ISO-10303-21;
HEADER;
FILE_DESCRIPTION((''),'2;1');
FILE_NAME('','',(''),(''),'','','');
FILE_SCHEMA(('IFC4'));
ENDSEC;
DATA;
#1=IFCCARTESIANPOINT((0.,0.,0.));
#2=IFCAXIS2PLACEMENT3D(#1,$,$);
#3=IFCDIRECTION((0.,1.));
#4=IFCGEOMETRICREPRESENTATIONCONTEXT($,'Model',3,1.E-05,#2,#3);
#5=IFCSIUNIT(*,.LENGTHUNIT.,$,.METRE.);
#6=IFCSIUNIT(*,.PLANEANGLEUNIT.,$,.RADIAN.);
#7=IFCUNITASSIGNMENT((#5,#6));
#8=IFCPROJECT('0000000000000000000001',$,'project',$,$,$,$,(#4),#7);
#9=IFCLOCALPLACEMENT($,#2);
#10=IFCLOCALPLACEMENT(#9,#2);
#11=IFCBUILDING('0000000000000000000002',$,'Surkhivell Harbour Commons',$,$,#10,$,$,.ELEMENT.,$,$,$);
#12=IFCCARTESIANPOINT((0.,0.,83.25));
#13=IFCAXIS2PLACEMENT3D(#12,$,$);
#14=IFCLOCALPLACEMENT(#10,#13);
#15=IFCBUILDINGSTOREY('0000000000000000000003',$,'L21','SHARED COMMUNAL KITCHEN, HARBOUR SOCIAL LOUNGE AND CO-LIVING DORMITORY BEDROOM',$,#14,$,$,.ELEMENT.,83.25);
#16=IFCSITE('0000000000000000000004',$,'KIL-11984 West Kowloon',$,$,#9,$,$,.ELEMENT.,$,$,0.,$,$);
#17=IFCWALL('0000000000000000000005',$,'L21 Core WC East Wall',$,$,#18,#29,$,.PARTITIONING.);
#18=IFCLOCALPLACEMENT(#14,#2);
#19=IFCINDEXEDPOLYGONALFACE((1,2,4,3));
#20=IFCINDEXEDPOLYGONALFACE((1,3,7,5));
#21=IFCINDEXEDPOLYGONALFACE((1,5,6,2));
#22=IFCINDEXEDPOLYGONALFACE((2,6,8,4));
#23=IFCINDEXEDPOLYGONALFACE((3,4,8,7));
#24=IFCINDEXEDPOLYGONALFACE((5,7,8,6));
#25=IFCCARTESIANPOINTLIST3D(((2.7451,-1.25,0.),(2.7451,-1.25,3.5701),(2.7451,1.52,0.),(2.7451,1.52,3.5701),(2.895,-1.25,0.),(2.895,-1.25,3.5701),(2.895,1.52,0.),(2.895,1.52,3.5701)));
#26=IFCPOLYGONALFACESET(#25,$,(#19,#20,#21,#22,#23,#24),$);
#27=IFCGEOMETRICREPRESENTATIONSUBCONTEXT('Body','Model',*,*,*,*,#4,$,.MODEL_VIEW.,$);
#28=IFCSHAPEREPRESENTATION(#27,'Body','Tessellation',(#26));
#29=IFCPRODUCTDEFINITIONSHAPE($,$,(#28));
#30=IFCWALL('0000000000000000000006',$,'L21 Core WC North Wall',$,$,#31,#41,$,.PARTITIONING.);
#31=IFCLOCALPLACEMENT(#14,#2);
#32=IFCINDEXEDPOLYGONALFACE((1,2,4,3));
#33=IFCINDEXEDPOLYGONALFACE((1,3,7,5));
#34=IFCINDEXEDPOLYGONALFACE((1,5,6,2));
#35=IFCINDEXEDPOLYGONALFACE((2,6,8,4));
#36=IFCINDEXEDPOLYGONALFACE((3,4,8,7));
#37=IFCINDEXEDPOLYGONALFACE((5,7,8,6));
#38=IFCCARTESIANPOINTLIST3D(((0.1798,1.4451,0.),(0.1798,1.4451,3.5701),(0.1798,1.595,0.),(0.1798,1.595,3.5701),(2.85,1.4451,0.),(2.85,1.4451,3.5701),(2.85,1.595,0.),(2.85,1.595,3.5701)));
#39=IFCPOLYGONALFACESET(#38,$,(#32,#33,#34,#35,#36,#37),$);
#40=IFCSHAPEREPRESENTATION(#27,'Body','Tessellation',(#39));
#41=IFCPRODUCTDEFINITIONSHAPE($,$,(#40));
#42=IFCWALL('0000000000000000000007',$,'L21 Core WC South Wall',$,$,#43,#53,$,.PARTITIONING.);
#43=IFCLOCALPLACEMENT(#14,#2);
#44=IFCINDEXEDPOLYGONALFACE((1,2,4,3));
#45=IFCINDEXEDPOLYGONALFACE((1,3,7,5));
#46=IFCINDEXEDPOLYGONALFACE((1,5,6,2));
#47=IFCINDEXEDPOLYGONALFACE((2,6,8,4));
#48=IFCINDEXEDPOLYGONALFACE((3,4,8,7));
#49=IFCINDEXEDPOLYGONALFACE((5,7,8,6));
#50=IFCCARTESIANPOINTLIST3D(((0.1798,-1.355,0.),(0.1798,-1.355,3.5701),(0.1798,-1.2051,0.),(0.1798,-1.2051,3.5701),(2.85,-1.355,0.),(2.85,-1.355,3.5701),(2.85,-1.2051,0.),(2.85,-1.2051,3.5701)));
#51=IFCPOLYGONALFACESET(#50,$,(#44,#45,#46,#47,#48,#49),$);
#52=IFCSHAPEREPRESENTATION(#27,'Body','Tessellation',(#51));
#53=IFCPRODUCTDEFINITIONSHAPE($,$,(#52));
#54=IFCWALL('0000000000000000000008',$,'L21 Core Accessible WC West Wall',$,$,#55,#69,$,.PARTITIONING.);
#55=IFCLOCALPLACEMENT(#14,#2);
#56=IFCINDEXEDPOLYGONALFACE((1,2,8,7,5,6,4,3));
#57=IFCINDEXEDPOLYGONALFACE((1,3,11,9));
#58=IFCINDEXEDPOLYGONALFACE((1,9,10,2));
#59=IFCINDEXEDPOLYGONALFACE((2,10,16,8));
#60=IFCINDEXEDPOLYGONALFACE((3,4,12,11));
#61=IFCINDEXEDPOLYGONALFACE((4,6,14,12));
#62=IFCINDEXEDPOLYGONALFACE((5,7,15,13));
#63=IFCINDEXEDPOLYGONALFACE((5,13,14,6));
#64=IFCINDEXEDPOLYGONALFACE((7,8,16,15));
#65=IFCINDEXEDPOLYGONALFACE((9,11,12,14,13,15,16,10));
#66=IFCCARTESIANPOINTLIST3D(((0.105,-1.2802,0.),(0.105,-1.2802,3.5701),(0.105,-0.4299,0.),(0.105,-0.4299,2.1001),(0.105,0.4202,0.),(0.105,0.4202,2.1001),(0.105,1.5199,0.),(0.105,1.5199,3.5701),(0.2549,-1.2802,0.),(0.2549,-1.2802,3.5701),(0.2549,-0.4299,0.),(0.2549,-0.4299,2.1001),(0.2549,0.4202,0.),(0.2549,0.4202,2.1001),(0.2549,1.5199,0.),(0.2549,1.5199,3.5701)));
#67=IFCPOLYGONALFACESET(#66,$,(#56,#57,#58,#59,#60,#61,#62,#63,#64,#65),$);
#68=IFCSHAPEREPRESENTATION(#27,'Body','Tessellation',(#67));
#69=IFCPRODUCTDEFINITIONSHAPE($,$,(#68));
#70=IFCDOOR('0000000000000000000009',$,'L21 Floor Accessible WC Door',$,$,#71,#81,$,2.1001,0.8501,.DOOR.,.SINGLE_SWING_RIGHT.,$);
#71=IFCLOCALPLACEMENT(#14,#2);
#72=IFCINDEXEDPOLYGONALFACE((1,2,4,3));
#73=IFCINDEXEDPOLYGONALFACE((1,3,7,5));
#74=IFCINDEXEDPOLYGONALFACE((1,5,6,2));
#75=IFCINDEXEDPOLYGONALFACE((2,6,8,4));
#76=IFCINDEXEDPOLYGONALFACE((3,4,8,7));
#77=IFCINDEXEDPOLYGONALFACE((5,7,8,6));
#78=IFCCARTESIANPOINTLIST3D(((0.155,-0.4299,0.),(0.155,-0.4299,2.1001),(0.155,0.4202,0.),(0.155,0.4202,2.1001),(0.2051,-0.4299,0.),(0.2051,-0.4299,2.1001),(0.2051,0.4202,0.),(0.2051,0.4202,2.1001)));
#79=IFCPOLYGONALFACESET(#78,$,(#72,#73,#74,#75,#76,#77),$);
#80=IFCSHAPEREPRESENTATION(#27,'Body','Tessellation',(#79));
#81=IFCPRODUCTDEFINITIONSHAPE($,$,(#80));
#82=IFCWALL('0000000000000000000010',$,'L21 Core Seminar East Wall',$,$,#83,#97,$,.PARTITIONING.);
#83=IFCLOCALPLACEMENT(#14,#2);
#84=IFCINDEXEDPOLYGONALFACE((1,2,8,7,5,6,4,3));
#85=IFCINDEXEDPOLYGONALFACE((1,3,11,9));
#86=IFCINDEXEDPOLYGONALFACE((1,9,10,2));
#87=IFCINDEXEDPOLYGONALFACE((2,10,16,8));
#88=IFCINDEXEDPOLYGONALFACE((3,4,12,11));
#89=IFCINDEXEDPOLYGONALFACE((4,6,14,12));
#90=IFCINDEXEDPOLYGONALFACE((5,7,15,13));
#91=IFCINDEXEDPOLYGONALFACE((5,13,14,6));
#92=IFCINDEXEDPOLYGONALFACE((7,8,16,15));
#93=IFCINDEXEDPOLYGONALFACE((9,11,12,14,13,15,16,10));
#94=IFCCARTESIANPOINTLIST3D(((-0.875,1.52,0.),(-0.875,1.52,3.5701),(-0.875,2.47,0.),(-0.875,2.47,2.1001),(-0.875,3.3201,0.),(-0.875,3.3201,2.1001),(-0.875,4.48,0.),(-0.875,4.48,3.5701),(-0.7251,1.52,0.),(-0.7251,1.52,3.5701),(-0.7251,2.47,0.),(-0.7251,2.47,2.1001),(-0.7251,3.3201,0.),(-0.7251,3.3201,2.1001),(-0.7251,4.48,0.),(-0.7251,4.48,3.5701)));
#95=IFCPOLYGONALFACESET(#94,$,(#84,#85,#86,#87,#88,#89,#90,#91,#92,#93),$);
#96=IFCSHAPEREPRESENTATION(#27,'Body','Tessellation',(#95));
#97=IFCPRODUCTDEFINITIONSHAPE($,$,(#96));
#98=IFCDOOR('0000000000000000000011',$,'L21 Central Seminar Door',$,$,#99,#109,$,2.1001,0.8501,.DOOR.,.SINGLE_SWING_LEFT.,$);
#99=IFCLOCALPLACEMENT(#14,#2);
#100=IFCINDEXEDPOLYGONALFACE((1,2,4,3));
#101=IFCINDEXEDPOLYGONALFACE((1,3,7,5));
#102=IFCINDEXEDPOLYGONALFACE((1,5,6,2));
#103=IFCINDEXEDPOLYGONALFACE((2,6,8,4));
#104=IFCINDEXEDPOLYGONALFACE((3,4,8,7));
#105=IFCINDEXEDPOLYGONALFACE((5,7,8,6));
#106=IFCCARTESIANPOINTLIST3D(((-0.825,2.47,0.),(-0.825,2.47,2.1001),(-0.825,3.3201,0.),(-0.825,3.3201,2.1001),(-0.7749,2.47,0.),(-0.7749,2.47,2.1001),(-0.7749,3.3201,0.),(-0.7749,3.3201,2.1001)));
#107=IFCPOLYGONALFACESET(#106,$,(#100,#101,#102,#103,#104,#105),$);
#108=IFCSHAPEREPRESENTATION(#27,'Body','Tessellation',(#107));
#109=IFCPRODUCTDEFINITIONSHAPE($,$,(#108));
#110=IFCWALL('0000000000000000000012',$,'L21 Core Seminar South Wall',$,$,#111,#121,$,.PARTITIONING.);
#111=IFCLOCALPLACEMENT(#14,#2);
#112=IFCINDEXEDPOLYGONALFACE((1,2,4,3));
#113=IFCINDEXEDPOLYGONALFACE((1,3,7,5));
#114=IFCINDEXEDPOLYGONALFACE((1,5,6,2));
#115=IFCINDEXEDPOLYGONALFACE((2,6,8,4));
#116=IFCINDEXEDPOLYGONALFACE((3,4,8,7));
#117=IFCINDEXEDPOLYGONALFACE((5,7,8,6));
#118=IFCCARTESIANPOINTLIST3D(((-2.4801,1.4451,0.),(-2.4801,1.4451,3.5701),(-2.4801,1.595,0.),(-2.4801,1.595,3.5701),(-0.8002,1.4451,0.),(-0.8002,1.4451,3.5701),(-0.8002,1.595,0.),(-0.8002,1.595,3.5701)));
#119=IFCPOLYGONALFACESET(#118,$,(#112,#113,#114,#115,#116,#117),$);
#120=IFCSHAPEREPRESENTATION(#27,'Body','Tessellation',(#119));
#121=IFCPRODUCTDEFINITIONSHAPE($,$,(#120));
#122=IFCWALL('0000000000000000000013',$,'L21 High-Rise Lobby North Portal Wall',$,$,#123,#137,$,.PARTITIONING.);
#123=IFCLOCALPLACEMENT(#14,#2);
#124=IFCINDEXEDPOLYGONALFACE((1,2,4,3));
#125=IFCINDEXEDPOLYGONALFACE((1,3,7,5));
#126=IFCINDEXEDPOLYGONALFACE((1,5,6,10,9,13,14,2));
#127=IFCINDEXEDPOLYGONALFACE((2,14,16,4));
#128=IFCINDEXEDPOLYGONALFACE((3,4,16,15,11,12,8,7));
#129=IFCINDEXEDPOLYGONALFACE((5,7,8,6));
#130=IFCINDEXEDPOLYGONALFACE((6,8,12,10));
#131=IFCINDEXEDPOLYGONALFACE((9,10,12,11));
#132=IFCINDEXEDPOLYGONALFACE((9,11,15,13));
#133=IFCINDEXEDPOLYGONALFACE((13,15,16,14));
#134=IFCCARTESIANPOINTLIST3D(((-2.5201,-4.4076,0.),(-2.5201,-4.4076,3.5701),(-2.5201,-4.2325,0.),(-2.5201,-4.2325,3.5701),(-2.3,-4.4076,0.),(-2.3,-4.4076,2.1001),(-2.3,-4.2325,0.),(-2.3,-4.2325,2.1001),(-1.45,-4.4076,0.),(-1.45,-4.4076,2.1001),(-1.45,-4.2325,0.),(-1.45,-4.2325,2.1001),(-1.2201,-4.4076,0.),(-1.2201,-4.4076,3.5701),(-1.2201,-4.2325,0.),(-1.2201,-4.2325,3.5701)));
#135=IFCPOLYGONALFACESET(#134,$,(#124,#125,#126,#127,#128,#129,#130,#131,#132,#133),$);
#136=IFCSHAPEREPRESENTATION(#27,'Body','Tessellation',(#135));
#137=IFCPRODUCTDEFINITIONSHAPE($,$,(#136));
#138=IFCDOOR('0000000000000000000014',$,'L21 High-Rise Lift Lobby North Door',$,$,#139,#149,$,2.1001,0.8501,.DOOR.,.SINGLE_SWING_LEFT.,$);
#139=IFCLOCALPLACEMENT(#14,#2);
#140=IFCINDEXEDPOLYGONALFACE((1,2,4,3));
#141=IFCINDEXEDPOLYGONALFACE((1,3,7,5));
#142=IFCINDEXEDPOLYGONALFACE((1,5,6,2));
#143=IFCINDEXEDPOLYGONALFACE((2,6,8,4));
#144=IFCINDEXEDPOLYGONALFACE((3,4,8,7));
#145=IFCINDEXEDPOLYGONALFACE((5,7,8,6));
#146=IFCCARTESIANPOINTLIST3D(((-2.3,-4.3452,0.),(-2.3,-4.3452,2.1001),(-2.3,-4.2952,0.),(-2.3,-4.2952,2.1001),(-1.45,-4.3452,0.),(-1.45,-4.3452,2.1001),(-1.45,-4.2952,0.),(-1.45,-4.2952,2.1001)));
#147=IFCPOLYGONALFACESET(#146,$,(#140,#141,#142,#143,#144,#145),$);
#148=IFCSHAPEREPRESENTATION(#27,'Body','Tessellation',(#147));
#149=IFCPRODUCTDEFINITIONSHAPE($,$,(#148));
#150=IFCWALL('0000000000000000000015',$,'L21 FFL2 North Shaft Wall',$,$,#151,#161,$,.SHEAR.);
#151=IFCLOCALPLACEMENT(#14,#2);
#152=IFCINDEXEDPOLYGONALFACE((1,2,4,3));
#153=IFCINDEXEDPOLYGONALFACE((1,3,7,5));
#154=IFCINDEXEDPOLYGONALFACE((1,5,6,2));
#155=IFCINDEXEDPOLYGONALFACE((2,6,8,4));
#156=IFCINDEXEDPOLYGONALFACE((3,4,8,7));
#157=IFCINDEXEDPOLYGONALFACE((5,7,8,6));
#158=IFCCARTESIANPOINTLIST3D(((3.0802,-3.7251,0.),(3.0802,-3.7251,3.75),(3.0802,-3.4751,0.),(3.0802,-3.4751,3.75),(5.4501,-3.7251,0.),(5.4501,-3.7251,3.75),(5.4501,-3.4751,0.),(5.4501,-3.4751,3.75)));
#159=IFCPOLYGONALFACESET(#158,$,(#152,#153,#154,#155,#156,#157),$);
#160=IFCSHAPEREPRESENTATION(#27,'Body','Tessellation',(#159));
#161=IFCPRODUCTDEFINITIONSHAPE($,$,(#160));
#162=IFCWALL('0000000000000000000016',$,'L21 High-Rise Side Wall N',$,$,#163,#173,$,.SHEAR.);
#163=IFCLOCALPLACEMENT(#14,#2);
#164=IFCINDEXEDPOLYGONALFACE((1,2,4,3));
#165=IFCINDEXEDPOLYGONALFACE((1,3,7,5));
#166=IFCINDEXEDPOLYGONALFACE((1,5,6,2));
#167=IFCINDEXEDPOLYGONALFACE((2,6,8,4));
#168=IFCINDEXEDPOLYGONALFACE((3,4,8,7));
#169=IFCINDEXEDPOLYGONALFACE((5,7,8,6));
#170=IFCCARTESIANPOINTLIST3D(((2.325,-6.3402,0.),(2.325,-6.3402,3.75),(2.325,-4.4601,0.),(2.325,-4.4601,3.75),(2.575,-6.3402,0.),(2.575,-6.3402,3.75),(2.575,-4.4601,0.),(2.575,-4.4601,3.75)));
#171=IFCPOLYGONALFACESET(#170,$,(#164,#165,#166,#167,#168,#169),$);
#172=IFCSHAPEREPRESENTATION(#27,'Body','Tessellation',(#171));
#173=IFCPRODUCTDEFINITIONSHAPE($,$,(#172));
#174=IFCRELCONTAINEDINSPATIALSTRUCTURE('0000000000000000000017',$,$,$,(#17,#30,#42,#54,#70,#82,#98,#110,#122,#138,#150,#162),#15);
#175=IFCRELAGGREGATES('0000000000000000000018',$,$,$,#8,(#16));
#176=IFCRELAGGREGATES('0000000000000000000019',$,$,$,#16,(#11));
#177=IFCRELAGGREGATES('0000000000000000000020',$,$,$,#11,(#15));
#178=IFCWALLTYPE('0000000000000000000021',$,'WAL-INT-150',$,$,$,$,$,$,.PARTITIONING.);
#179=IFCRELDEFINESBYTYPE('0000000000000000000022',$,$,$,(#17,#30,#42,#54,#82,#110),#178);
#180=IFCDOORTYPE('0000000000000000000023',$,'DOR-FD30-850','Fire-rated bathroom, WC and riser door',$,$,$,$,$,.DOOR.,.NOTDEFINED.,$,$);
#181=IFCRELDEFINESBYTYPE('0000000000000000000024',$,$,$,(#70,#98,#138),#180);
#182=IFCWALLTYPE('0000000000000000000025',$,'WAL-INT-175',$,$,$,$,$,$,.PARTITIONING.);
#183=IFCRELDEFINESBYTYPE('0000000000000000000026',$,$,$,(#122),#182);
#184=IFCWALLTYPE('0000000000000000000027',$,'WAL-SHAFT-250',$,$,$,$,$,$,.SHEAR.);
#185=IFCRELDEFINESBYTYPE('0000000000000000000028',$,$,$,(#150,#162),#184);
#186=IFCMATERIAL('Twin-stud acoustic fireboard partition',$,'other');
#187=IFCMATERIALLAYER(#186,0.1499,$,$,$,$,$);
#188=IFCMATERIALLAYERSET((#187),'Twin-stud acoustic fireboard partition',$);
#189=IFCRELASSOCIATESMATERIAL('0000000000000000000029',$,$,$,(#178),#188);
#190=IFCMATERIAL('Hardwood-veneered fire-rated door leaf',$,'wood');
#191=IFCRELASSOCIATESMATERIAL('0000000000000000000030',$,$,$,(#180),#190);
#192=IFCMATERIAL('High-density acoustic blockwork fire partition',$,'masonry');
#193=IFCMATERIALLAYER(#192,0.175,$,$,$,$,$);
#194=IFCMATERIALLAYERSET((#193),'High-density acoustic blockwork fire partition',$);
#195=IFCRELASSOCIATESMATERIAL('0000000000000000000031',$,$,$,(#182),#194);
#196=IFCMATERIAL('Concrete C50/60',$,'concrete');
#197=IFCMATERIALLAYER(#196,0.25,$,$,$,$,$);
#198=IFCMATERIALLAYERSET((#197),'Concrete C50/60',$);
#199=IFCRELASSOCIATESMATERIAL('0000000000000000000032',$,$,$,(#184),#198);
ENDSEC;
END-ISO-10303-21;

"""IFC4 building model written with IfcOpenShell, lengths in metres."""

from ifc_helpers import new_model, si_unit, direction, frame, frame_2d, origin, place, context, subcontext, project, spatial, rectangle, extrude, material, layer, layer_set, type_object, element, fill, save


model = new_model("IFC4")

# Units and contexts
model_context = context("Model", 3, precision=1e-05, world=origin(), true_north=direction((0.0, 1.0)))
body_context = subcontext(model_context, "Body", "Model", "MODEL_VIEW")
ifc_project = project(units=[si_unit("LENGTHUNIT", "METRE"), si_unit("PLANEANGLEUNIT", "RADIAN")], contexts=[model_context])

# Site, building, storey
site_placement = place(None, origin())
site = spatial("IfcSite", under=ifc_project, at=site_placement, Name="KIL-11984 West Kowloon", CompositionType="ELEMENT", RefElevation=0.0)
building_placement = place(site_placement, origin())
building = spatial("IfcBuilding", under=site, at=building_placement, Name="Surkhivell Harbour Commons", CompositionType="ELEMENT")
storey_placement = place(building_placement, frame((0.0, 0.0, 83.25)))
storey = spatial("IfcBuildingStorey", under=building, at=storey_placement, Name="L21", Description="SHARED COMMUNAL KITCHEN, HARBOUR SOCIAL LOUNGE AND CO-LIVING DORMITORY BEDROOM", CompositionType="ELEMENT", Elevation=83.25)

# Shared definitions
ifc_material_1 = material(Name="Concrete C50/60", Category="concrete")

# Walls
ifc_material_2 = material(Name="Twin-stud acoustic fireboard partition", Category="other")
ifc_layer_1 = layer(ifc_material_2, 0.1499)
ifc_layer_set_1 = layer_set([ifc_layer_1], Name="Twin-stud acoustic fireboard partition")
wall_type_1 = type_object("IfcWallType", Name="WAL-INT-150", PredefinedType="PARTITIONING", material=ifc_layer_set_1)
wall_1_placement = place(storey_placement, frame((2.8201, -1.25, 0.0), z_axis=(0.0, 0.0, 1.0), x_axis=(0.0, 1.0, 0.0)))
element("IfcWall", 1, at=wall_1_placement, inside=storey, type_object=wall_type_1, Name="L21 Core WC East Wall", PredefinedType="PARTITIONING", context=body_context, shape_type="SweptSolid", body=[
    extrude(rectangle(XDim=2.77, YDim=0.1499, at=frame_2d((1.385, 0.0))), origin(), (0.0, 0.0, 1.0), 3.5701),
])
for number, where, z_axis, x_axis, name in (
    (2, (0.1799, 1.52, 0.0), (0.0, 0.0, 1.0), (1.0, 0.0, 0.0), "L21 Core WC North Wall"),
    (3, (0.1799, -1.28, 0.0), (0.0, 0.0, 1.0), (1.0, 0.0, 0.0), "L21 Core WC South Wall"),
):
    element("IfcWall", number, at=place(storey_placement, frame(where, z_axis=z_axis, x_axis=x_axis)), inside=storey, type_object=wall_type_1, Name=name, PredefinedType="PARTITIONING", context=body_context, shape_type="SweptSolid", body=[
        extrude(rectangle(XDim=2.6702, YDim=0.1499, at=frame_2d((1.335, 0.0))), origin(), (0.0, 0.0, 1.0), 3.5701),
    ])

# Walls, openings, doors
wall_2_placement = place(storey_placement, frame((0.1799, -1.28, 0.0), z_axis=(0.0, 0.0, 1.0), x_axis=(0.0, 1.0, 0.0)))
wall_2 = element("IfcWall", 4, at=wall_2_placement, inside=storey, type_object=wall_type_1, Name="L21 Core Accessible WC West Wall", PredefinedType="PARTITIONING", context=body_context, shape_type="SweptSolid", body=[
    extrude(rectangle(XDim=2.8, YDim=0.1499, at=frame_2d((1.3999, 0.0))), origin(), (0.0, 0.0, 1.0), 3.5701),
])
opening_1_placement = place(wall_2_placement, frame((0.8501, 0.0, 0.0)))
opening_1 = element("IfcOpeningElement", 5, at=opening_1_placement, cuts=wall_2, PredefinedType="OPENING", context=body_context, shape_type="SweptSolid", body=[
    extrude(rectangle(XDim=0.8501, YDim=2.1001, at=frame_2d((0.425, 1.05))), frame((0.0, 0.085, 0.0), z_axis=(0.0, -1.0, 0.0), x_axis=(1.0, 0.0, 0.0)), (0.0, 0.0, 1.0), 0.1699),
])
ifc_material_3 = material(Name="Hardwood-veneered fire-rated door leaf", Category="wood")
door_type = type_object("IfcDoorType", Name="DOR-FD30-850", Description="Fire-rated bathroom, WC and riser door", OperationType="NOTDEFINED", PredefinedType="DOOR", material=ifc_material_3)
door_1_placement = place(opening_1_placement, origin())
door_1 = element("IfcDoor", 6, at=door_1_placement, inside=storey, type_object=door_type, Name="L21 Floor Accessible WC Door", OperationType="SINGLE_SWING_RIGHT", OverallHeight=2.1001, OverallWidth=0.8501, PredefinedType="DOOR", context=body_context, shape_type="SweptSolid", body=[
    extrude(rectangle(XDim=0.8501, YDim=2.1001, at=frame_2d((0.425, 1.05))), frame((0.0, 0.0249, 0.0), z_axis=(0.0, -1.0, 0.0), x_axis=(1.0, 0.0, 0.0)), (0.0, 0.0, 1.0), 0.05),
])
fill(opening_1, door_1)
wall_3_placement = place(storey_placement, frame((-0.8, 1.52, 0.0), z_axis=(0.0, 0.0, 1.0), x_axis=(0.0, 1.0, 0.0)))
wall_3 = element("IfcWall", 7, at=wall_3_placement, inside=storey, type_object=wall_type_1, Name="L21 Core Seminar East Wall", PredefinedType="PARTITIONING", context=body_context, shape_type="SweptSolid", body=[
    extrude(rectangle(XDim=2.96, YDim=0.1499, at=frame_2d((1.48, 0.0))), origin(), (0.0, 0.0, 1.0), 3.5701),
])
opening_2_placement = place(wall_3_placement, frame((0.95, 0.0, 0.0)))
opening_2 = element("IfcOpeningElement", 8, at=opening_2_placement, cuts=wall_3, PredefinedType="OPENING", context=body_context, shape_type="SweptSolid", body=[
    extrude(rectangle(XDim=0.8501, YDim=2.1001, at=frame_2d((0.425, 1.05))), frame((0.0, 0.085, 0.0), z_axis=(0.0, -1.0, 0.0), x_axis=(1.0, 0.0, 0.0)), (0.0, 0.0, 1.0), 0.1699),
])
door_2_placement = place(opening_2_placement, origin())
door_2 = element("IfcDoor", 9, at=door_2_placement, inside=storey, type_object=door_type, Name="L21 Central Seminar Door", OperationType="SINGLE_SWING_LEFT", OverallHeight=2.1001, OverallWidth=0.8501, PredefinedType="DOOR", context=body_context, shape_type="SweptSolid", body=[
    extrude(rectangle(XDim=0.8501, YDim=2.1001, at=frame_2d((0.425, 1.05))), frame((0.0, 0.0249, 0.0), z_axis=(0.0, -1.0, 0.0), x_axis=(1.0, 0.0, 0.0)), (0.0, 0.0, 1.0), 0.05),
])
fill(opening_2, door_2)

# Wall
wall_4_placement = place(storey_placement, frame((-2.48, 1.52, 0.0), z_axis=(0.0, 0.0, 1.0), x_axis=(1.0, 0.0, 0.0)))
element("IfcWall", 10, at=wall_4_placement, inside=storey, type_object=wall_type_1, Name="L21 Core Seminar South Wall", PredefinedType="PARTITIONING", context=body_context, shape_type="SweptSolid", body=[
    extrude(rectangle(XDim=1.6799, YDim=0.1499, at=frame_2d((0.8398, 0.0))), origin(), (0.0, 0.0, 1.0), 3.5701),
])

# Wall, opening, door
ifc_material_4 = material(Name="High-density acoustic blockwork fire partition", Category="masonry")
ifc_layer_2 = layer(ifc_material_4, 0.175)
ifc_layer_set_2 = layer_set([ifc_layer_2], Name="High-density acoustic blockwork fire partition")
wall_type_2 = type_object("IfcWallType", Name="WAL-INT-175", PredefinedType="PARTITIONING", material=ifc_layer_set_2)
wall_5_placement = place(storey_placement, frame((-2.52, -4.3201, 0.0), z_axis=(0.0, 0.0, 1.0), x_axis=(1.0, 0.0, 0.0)))
wall_5 = element("IfcWall", 11, at=wall_5_placement, inside=storey, type_object=wall_type_2, Name="L21 High-Rise Lobby North Portal Wall", PredefinedType="PARTITIONING", context=body_context, shape_type="SweptSolid", body=[
    extrude(rectangle(XDim=1.3, YDim=0.175, at=frame_2d((0.6499, 0.0))), origin(), (0.0, 0.0, 1.0), 3.5701),
])
opening_3_placement = place(wall_5_placement, frame((0.22, 0.0, 0.0)))
opening_3 = element("IfcOpeningElement", 12, at=opening_3_placement, cuts=wall_5, PredefinedType="OPENING", context=body_context, shape_type="SweptSolid", body=[
    extrude(rectangle(XDim=0.8501, YDim=2.1001, at=frame_2d((0.425, 1.05))), frame((0.0, 0.0974, 0.0), z_axis=(0.0, -1.0, 0.0), x_axis=(1.0, 0.0, 0.0)), (0.0, 0.0, 1.0), 0.1951),
])
door_3_placement = place(opening_3_placement, origin())
door_3 = element("IfcDoor", 13, at=door_3_placement, inside=storey, type_object=door_type, Name="L21 High-Rise Lift Lobby North Door", OperationType="SINGLE_SWING_LEFT", OverallHeight=2.1001, OverallWidth=0.8501, PredefinedType="DOOR", context=body_context, shape_type="SweptSolid", body=[
    extrude(rectangle(XDim=0.8501, YDim=2.1001, at=frame_2d((0.425, 1.05))), frame((0.0, 0.0249, 0.0), z_axis=(0.0, -1.0, 0.0), x_axis=(1.0, 0.0, 0.0)), (0.0, 0.0, 1.0), 0.05),
])
fill(opening_3, door_3)

# Walls
ifc_layer_3 = layer(ifc_material_1, 0.25)
ifc_layer_set_3 = layer_set([ifc_layer_3], Name="Concrete C50/60")
wall_type_3 = type_object("IfcWallType", Name="WAL-SHAFT-250", PredefinedType="SHEAR", material=ifc_layer_set_3)
wall_6_placement = place(storey_placement, frame((3.0801, -3.6001, 0.0), z_axis=(0.0, 0.0, 1.0), x_axis=(1.0, 0.0, 0.0)))
element("IfcWall", 14, at=wall_6_placement, inside=storey, type_object=wall_type_3, Name="L21 FFL2 North Shaft Wall", PredefinedType="SHEAR", context=body_context, shape_type="SweptSolid", body=[
    extrude(rectangle(XDim=2.3699, YDim=0.25, at=frame_2d((1.1851, 0.0))), origin(), (0.0, 0.0, 1.0), 3.75),
])
wall_7_placement = place(storey_placement, frame((2.45, -6.3401, 0.0), z_axis=(0.0, 0.0, 1.0), x_axis=(0.0, 1.0, 0.0)))
element("IfcWall", 15, at=wall_7_placement, inside=storey, type_object=wall_type_3, Name="L21 High-Rise Side Wall N", PredefinedType="SHEAR", context=body_context, shape_type="SweptSolid", body=[
    extrude(rectangle(XDim=1.8801, YDim=0.25, at=frame_2d((0.9399, 0.0))), origin(), (0.0, 0.0, 1.0), 3.75),
])

save(model, "model.ifc")
